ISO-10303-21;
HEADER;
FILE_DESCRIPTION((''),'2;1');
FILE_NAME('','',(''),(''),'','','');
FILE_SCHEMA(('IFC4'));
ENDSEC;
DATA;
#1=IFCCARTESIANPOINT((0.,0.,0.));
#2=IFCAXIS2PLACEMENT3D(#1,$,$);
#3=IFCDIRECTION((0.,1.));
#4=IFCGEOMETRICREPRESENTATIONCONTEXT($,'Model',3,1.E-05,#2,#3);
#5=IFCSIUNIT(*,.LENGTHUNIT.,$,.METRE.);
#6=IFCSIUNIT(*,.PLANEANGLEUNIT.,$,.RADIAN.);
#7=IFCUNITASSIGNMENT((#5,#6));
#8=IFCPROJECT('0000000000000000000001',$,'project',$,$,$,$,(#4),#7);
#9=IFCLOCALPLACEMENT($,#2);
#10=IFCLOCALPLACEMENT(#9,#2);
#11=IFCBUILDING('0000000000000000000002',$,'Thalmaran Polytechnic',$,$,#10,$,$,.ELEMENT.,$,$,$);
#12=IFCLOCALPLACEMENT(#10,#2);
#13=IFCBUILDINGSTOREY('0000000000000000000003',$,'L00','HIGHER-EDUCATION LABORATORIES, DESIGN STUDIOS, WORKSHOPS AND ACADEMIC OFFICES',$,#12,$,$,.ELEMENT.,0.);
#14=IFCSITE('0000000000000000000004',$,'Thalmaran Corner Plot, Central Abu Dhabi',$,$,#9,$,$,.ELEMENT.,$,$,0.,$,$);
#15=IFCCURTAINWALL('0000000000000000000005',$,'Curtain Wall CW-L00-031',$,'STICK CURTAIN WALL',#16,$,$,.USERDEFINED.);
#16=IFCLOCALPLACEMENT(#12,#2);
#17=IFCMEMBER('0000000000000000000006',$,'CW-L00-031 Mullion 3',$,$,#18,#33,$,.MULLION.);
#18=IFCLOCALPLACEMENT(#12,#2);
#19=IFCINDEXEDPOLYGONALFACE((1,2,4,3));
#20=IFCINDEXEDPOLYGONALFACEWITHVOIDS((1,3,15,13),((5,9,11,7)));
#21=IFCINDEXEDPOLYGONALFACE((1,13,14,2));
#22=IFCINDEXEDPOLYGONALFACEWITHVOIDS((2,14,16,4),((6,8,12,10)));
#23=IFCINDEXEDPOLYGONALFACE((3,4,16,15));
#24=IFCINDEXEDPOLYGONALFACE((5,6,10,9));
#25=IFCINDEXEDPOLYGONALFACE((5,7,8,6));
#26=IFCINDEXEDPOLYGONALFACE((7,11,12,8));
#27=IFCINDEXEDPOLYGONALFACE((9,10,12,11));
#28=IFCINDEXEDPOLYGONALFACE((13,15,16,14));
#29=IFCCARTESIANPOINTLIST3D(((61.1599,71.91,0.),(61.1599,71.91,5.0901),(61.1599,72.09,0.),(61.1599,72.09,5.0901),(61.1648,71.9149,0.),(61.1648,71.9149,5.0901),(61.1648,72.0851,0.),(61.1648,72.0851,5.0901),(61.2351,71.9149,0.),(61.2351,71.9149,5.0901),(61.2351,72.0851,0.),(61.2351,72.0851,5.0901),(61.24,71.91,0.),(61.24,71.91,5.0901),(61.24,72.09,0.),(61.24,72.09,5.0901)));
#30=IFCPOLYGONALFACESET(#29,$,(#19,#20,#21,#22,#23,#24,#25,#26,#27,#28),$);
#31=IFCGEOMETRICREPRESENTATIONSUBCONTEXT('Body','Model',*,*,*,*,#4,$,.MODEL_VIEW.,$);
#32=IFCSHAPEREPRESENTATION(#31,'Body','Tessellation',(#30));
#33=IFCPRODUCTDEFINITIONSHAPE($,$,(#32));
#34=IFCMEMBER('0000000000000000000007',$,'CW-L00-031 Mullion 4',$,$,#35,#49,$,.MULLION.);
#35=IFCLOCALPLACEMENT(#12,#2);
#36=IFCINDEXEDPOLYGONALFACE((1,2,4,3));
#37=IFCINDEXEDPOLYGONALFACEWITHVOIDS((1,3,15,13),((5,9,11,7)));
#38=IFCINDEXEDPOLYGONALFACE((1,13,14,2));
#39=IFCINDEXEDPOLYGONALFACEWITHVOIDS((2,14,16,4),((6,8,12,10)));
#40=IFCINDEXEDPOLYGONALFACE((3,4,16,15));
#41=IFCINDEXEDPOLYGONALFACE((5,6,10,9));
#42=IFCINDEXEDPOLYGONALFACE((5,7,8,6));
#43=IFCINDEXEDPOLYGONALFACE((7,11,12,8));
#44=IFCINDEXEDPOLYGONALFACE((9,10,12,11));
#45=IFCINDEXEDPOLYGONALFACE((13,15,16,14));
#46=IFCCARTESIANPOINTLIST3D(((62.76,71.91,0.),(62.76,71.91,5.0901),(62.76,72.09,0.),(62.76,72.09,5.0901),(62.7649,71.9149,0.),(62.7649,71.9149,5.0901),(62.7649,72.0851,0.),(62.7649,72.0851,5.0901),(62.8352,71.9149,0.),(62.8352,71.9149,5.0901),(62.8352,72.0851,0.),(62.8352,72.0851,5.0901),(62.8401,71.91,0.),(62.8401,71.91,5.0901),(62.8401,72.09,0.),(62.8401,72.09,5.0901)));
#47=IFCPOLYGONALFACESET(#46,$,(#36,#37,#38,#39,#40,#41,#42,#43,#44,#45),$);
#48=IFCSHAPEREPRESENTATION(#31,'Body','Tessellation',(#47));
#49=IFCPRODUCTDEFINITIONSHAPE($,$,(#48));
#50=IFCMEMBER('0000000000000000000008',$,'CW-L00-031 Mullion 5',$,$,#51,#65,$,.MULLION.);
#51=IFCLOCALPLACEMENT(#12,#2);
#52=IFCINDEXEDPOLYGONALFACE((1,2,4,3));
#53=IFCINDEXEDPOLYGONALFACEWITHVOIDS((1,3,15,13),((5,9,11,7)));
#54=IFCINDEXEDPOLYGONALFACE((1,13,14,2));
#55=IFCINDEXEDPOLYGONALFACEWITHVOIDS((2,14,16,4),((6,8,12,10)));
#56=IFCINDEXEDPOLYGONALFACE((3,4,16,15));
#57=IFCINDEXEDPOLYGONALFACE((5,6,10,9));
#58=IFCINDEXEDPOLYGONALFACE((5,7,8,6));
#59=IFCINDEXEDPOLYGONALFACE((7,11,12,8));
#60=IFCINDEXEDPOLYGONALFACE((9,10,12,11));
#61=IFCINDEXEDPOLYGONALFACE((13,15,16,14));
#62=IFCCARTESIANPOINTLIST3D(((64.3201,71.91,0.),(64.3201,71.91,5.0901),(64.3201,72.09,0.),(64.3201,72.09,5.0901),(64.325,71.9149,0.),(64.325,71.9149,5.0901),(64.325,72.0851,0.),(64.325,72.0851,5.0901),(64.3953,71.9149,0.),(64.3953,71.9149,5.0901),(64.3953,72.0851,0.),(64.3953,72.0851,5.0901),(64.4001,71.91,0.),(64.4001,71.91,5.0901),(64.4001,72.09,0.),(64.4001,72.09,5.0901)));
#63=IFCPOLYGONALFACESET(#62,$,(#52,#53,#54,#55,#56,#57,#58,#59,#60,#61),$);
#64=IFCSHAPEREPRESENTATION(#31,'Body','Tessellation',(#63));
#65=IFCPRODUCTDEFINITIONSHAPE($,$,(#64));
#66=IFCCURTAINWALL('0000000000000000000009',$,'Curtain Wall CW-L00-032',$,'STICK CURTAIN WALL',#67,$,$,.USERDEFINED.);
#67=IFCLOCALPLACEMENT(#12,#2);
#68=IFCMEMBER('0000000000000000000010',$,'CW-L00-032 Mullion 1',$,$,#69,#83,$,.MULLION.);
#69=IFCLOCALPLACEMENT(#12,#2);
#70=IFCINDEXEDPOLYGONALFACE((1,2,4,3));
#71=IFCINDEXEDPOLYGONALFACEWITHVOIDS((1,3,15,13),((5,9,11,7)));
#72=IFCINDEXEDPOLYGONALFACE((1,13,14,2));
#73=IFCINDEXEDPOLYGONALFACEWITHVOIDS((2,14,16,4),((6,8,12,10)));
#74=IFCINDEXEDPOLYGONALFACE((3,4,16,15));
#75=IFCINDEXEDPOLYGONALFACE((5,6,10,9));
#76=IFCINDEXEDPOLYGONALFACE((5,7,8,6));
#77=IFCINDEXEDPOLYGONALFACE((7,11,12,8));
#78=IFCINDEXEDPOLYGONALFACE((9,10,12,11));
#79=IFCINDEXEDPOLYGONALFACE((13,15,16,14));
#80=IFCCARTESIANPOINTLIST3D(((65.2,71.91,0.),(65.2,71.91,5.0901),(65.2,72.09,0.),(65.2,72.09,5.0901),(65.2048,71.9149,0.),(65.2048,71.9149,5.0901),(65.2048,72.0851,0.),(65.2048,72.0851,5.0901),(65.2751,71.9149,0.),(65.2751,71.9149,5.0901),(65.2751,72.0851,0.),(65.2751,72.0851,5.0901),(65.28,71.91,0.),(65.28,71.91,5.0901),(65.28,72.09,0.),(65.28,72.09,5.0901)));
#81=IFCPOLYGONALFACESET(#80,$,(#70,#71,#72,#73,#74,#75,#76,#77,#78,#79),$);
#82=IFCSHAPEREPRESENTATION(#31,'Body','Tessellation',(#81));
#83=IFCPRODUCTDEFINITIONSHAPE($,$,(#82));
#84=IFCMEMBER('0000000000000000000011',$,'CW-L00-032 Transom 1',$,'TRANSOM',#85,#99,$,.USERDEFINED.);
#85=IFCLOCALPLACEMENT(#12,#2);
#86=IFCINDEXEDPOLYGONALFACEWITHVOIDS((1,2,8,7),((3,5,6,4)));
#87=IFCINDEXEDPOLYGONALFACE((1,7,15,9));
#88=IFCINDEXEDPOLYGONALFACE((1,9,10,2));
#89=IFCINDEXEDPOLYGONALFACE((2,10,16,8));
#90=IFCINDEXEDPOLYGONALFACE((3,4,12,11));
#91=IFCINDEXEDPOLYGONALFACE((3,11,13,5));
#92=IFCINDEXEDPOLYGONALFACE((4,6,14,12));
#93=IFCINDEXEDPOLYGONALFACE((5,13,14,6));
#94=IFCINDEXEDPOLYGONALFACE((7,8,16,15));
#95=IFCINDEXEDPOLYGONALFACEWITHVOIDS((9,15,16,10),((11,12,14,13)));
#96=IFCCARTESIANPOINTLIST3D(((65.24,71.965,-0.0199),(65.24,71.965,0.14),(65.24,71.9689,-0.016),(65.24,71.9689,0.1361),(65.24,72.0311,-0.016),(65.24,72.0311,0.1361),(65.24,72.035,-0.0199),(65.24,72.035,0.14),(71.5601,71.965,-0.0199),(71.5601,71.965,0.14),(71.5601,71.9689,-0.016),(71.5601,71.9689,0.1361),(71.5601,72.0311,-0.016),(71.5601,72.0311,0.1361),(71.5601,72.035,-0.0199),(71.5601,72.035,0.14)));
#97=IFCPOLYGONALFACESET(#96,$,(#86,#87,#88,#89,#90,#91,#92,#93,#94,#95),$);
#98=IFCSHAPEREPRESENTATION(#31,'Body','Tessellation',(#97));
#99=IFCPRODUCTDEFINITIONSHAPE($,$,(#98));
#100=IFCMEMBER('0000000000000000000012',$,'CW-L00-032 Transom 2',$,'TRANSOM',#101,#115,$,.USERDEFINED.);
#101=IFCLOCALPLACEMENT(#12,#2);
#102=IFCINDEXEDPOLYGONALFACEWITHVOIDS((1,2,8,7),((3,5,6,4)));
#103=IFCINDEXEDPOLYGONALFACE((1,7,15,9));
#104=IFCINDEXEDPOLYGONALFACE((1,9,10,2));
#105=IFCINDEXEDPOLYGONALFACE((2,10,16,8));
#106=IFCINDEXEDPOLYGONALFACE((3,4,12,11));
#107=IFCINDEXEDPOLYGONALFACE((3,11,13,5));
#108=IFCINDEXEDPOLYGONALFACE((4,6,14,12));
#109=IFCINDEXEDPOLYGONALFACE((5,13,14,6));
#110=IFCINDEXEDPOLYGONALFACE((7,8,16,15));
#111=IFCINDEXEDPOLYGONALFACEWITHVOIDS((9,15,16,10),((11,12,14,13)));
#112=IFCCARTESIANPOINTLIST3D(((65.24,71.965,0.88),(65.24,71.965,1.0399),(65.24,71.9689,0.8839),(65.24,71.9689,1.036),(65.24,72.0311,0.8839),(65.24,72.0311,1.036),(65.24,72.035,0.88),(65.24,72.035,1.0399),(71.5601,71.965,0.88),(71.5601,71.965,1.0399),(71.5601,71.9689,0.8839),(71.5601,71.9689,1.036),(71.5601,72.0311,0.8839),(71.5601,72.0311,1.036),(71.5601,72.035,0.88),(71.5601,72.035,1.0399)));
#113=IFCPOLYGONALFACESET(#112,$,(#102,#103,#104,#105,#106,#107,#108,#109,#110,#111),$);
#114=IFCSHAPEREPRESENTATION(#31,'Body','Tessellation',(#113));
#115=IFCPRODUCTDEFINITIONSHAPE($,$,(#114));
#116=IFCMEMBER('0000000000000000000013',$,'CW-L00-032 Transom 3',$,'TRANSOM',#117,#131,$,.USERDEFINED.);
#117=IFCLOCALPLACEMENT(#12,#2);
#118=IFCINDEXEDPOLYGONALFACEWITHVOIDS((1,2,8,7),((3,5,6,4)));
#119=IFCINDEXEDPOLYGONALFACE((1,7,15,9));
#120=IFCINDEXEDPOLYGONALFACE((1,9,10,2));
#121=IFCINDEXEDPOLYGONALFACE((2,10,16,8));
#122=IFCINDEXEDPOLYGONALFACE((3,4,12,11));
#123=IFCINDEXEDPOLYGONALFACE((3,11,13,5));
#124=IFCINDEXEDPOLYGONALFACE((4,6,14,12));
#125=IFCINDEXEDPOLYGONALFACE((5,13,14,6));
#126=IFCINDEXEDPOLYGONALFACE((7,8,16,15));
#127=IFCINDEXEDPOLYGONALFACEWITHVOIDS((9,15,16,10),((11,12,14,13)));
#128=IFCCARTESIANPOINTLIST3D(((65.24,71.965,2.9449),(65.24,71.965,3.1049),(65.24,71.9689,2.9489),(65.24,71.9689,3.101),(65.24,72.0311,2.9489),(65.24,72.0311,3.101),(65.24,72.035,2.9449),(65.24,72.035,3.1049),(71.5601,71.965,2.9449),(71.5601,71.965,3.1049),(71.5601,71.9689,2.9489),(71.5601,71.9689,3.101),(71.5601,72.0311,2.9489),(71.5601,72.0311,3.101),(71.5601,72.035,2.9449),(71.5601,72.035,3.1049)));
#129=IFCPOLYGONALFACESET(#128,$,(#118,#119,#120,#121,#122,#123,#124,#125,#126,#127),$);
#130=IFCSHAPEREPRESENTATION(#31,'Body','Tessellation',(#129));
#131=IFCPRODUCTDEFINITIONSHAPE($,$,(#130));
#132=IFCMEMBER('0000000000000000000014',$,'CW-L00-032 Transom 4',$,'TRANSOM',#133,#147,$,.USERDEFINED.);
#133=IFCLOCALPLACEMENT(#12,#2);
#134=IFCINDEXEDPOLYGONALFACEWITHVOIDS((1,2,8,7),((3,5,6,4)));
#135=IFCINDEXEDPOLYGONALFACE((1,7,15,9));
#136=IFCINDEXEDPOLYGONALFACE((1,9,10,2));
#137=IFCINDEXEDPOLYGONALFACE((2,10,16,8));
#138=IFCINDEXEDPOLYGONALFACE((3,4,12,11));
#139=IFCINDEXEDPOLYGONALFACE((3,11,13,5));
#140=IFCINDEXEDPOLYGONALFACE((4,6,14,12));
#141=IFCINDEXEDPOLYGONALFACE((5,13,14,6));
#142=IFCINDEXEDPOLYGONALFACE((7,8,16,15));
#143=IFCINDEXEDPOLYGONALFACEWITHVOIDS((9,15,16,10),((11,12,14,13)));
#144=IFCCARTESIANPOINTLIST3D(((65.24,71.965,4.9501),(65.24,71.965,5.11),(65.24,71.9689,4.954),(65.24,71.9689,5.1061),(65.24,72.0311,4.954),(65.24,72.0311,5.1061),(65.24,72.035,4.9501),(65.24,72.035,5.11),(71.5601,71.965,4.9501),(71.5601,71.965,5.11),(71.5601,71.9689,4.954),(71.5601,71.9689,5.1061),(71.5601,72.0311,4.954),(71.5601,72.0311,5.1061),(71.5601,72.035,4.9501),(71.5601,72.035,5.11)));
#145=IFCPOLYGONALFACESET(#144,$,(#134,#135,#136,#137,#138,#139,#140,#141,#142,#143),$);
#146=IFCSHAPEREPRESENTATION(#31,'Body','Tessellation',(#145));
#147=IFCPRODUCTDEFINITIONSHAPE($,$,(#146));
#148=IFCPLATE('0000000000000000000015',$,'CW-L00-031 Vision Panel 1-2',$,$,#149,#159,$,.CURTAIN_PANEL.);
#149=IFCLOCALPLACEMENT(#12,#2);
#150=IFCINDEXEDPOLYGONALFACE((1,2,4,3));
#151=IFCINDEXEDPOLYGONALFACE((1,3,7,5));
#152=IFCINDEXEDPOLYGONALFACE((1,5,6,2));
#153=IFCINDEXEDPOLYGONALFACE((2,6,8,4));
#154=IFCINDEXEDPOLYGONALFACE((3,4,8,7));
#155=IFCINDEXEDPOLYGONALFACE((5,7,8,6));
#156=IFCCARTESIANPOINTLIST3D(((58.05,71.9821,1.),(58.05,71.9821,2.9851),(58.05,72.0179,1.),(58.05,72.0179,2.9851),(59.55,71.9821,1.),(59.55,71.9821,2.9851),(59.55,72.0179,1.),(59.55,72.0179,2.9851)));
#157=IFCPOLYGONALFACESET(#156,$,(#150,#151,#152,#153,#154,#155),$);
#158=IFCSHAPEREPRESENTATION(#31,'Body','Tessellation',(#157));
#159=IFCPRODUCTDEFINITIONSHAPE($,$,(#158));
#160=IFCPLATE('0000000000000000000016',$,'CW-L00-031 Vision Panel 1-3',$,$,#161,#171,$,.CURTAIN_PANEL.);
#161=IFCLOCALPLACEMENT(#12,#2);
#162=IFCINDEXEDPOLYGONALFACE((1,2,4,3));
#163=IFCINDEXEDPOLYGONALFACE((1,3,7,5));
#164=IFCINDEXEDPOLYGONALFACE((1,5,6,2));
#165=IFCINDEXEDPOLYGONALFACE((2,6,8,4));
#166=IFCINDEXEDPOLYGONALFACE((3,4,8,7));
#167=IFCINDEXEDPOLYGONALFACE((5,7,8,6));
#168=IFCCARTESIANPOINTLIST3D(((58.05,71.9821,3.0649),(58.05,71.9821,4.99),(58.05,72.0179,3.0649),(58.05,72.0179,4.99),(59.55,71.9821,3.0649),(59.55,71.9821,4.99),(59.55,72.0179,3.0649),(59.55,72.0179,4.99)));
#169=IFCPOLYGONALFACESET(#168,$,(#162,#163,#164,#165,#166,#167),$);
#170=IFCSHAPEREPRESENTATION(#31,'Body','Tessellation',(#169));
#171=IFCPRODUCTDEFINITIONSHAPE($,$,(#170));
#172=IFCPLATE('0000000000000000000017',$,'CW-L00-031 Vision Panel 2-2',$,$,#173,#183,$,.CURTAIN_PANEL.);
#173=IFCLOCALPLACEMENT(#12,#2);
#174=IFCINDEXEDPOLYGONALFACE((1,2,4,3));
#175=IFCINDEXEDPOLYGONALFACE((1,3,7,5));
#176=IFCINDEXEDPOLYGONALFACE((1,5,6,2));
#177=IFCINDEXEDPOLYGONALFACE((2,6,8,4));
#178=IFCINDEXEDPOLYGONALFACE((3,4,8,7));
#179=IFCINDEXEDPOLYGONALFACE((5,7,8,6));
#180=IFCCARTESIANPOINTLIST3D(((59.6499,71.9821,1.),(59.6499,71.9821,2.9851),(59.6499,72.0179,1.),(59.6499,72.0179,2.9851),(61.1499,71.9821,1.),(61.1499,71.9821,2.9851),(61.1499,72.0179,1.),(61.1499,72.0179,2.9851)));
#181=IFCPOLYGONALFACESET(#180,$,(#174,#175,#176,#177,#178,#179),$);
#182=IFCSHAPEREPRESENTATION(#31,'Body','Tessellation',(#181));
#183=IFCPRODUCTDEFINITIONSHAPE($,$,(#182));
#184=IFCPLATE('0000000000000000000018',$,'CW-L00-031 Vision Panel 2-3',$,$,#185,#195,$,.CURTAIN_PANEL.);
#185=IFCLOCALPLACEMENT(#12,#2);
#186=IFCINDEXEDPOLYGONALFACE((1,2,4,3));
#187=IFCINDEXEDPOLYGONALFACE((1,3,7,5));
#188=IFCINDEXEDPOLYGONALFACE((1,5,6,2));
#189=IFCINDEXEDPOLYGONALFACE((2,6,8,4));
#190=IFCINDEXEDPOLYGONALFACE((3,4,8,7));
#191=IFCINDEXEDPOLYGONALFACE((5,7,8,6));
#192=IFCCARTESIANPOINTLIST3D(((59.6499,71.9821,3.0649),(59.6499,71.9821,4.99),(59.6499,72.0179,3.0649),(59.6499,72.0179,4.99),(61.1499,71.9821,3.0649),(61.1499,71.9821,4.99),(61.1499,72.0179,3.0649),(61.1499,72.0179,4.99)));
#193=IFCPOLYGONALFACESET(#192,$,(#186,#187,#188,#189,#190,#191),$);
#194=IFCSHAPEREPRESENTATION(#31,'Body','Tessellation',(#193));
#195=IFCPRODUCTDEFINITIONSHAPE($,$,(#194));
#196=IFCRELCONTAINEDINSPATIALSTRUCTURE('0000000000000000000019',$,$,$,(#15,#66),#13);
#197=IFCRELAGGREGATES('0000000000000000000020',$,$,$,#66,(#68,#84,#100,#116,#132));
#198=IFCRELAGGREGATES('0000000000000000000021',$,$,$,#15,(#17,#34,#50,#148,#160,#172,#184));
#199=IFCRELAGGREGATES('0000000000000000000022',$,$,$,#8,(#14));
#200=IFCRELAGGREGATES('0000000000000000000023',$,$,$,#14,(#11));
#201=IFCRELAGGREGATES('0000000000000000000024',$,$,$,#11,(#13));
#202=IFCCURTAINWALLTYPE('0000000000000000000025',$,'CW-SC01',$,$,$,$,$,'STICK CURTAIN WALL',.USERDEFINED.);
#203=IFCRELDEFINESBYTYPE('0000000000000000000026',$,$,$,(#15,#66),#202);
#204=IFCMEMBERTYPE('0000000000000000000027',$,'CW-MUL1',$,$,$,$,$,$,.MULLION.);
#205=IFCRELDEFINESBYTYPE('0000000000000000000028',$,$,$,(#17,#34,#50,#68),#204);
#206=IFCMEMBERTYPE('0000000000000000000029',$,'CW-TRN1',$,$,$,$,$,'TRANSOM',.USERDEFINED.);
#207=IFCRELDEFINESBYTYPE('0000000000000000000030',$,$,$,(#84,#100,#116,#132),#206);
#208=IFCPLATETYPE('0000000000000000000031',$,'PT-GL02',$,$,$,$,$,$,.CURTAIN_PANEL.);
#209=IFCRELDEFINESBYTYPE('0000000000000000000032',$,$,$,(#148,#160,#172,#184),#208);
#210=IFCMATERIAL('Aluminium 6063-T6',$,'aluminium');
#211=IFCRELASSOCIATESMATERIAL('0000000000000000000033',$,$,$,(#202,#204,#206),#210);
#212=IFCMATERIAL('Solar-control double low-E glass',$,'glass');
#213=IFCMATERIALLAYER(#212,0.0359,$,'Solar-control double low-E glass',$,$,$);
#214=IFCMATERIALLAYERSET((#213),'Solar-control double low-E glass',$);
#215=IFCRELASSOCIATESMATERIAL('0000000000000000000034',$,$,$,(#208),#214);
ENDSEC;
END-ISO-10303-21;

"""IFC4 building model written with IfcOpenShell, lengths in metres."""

from ifc_helpers import new_model, si_unit, direction, frame, origin, origin_2d, place, context, subcontext, project, spatial, rectangle, hollow_rectangle, extrude, material, layer, layer_set, material_profile, profile_set, type_object, element, aggregate, save


model = new_model("IFC4")

# Units and contexts
model_context = context("Model", 3, precision=1e-05, world=origin(), true_north=direction((0.0, 1.0)))
body_context = subcontext(model_context, "Body", "Model", "MODEL_VIEW")
ifc_project = project(units=[si_unit("LENGTHUNIT", "METRE"), si_unit("PLANEANGLEUNIT", "RADIAN")], contexts=[model_context])

# Site, building, storey
site_placement = place(None, origin())
site = spatial("IfcSite", under=ifc_project, at=site_placement, Name="Thalmaran Corner Plot, Central Abu Dhabi", CompositionType="ELEMENT", RefElevation=0.0)
building_placement = place(site_placement, origin())
building = spatial("IfcBuilding", under=site, at=building_placement, Name="Thalmaran Polytechnic", CompositionType="ELEMENT")
storey_placement = place(building_placement, origin())
storey = spatial("IfcBuildingStorey", under=building, at=storey_placement, Name="L00", Description="HIGHER-EDUCATION LABORATORIES, DESIGN STUDIOS, WORKSHOPS AND ACADEMIC OFFICES", CompositionType="ELEMENT", Elevation=0.0)

# Curtain walls, members
ifc_material_1 = material(Name="Aluminium 6063-T6", Category="aluminium")
curtain_wall_type = type_object("IfcCurtainWallType", Name="CW-SC01", ElementType="STICK CURTAIN WALL", PredefinedType="USERDEFINED", material=ifc_material_1)
curtain_wall_1_placement = place(storey_placement, origin())
curtain_wall_1 = element("IfcCurtainWall", 1, at=curtain_wall_1_placement, inside=storey, type_object=curtain_wall_type, Name="Curtain Wall CW-L00-031", ObjectType="STICK CURTAIN WALL", PredefinedType="USERDEFINED")
ifc_material_profile_1 = material_profile(ifc_material_1, hollow_rectangle(XDim=0.0801, YDim=0.1799, WallThickness=0.0049, at=origin_2d()), Name="RHS 180x80x5.0")
ifc_profile_set_1 = profile_set([ifc_material_profile_1], Name="Aluminium 6063-T6")
member_type_1 = type_object("IfcMemberType", Name="CW-MUL1", PredefinedType="MULLION", material=ifc_profile_set_1)
member_1_placement = place(storey_placement, frame((61.2, 72.0, 0.0), z_axis=(0.0, 0.0, 1.0), x_axis=(1.0, 0.0, 0.0)))
member_1 = element("IfcMember", 2, at=member_1_placement, type_object=member_type_1, Name="CW-L00-031 Mullion 3", PredefinedType="MULLION", context=body_context, shape_type="SweptSolid", body=[
    extrude(hollow_rectangle(XDim=0.0801, YDim=0.1799, WallThickness=0.0049, at=origin_2d()), origin(), (0.0, 0.0, 1.0), 5.0901),
])
member_2_placement = place(storey_placement, frame((62.8, 72.0, 0.0), z_axis=(0.0, 0.0, 1.0), x_axis=(1.0, 0.0, 0.0)))
member_2 = element("IfcMember", 3, at=member_2_placement, type_object=member_type_1, Name="CW-L00-031 Mullion 4", PredefinedType="MULLION", context=body_context, shape_type="SweptSolid", body=[
    extrude(hollow_rectangle(XDim=0.0801, YDim=0.1799, WallThickness=0.0049, at=origin_2d()), origin(), (0.0, 0.0, 1.0), 5.0901),
])
member_3_placement = place(storey_placement, frame((64.3601, 72.0, 0.0), z_axis=(0.0, 0.0, 1.0), x_axis=(1.0, 0.0, 0.0)))
member_3 = element("IfcMember", 4, at=member_3_placement, type_object=member_type_1, Name="CW-L00-031 Mullion 5", PredefinedType="MULLION", context=body_context, shape_type="SweptSolid", body=[
    extrude(hollow_rectangle(XDim=0.0801, YDim=0.1799, WallThickness=0.0049, at=origin_2d()), origin(), (0.0, 0.0, 1.0), 5.0901),
])
curtain_wall_2_placement = place(storey_placement, origin())
curtain_wall_2 = element("IfcCurtainWall", 5, at=curtain_wall_2_placement, inside=storey, type_object=curtain_wall_type, Name="Curtain Wall CW-L00-032", ObjectType="STICK CURTAIN WALL", PredefinedType="USERDEFINED")
member_4_placement = place(storey_placement, frame((65.24, 72.0, 0.0), z_axis=(0.0, 0.0, 1.0), x_axis=(1.0, 0.0, 0.0)))
member_4 = element("IfcMember", 6, at=member_4_placement, type_object=member_type_1, Name="CW-L00-032 Mullion 1", PredefinedType="MULLION", context=body_context, shape_type="SweptSolid", body=[
    extrude(hollow_rectangle(XDim=0.0801, YDim=0.1799, WallThickness=0.0049, at=origin_2d()), origin(), (0.0, 0.0, 1.0), 5.0901),
])
ifc_material_profile_2 = material_profile(ifc_material_1, hollow_rectangle(XDim=0.0701, YDim=0.1599, WallThickness=0.0039, at=origin_2d()), Name="AL 160x70x4.0")
ifc_profile_set_2 = profile_set([ifc_material_profile_2], Name="Aluminium 6063-T6")
member_type_2 = type_object("IfcMemberType", Name="CW-TRN1", ElementType="TRANSOM", PredefinedType="USERDEFINED", material=ifc_profile_set_2)
member_5_placement = place(storey_placement, frame((65.24, 72.0, 0.0601), z_axis=(1.0, 0.0, 0.0), x_axis=(0.0, 1.0, 0.0)))
member_5 = element("IfcMember", 7, at=member_5_placement, type_object=member_type_2, Name="CW-L00-032 Transom 1", ObjectType="TRANSOM", PredefinedType="USERDEFINED", context=body_context, shape_type="SweptSolid", body=[
    extrude(hollow_rectangle(XDim=0.0701, YDim=0.1599, WallThickness=0.0039, at=origin_2d()), origin(), (0.0, 0.0, 1.0), 6.3201),
])
member_6_placement = place(storey_placement, frame((65.24, 72.0, 0.96), z_axis=(1.0, 0.0, 0.0), x_axis=(0.0, 1.0, 0.0)))
member_6 = element("IfcMember", 8, at=member_6_placement, type_object=member_type_2, Name="CW-L00-032 Transom 2", ObjectType="TRANSOM", PredefinedType="USERDEFINED", context=body_context, shape_type="SweptSolid", body=[
    extrude(hollow_rectangle(XDim=0.0701, YDim=0.1599, WallThickness=0.0039, at=origin_2d()), origin(), (0.0, 0.0, 1.0), 6.3201),
])
member_7_placement = place(storey_placement, frame((65.24, 72.0, 3.0249), z_axis=(1.0, 0.0, 0.0), x_axis=(0.0, 1.0, 0.0)))
member_7 = element("IfcMember", 9, at=member_7_placement, type_object=member_type_2, Name="CW-L00-032 Transom 3", ObjectType="TRANSOM", PredefinedType="USERDEFINED", context=body_context, shape_type="SweptSolid", body=[
    extrude(hollow_rectangle(XDim=0.0701, YDim=0.1599, WallThickness=0.0039, at=origin_2d()), origin(), (0.0, 0.0, 1.0), 6.3201),
])
member_8_placement = place(storey_placement, frame((65.24, 72.0, 5.03), z_axis=(1.0, 0.0, 0.0), x_axis=(0.0, 1.0, 0.0)))
member_8 = element("IfcMember", 10, at=member_8_placement, type_object=member_type_2, Name="CW-L00-032 Transom 4", ObjectType="TRANSOM", PredefinedType="USERDEFINED", context=body_context, shape_type="SweptSolid", body=[
    extrude(hollow_rectangle(XDim=0.0701, YDim=0.1599, WallThickness=0.0039, at=origin_2d()), origin(), (0.0, 0.0, 1.0), 6.3201),
])
aggregate(curtain_wall_2, [member_4, member_5, member_6, member_7, member_8])

# Plates
ifc_material_2 = material(Name="Solar-control double low-E glass", Category="glass")
ifc_layer_1 = layer(ifc_material_2, 0.0359, Name="Solar-control double low-E glass")
ifc_layer_set_1 = layer_set([ifc_layer_1], Name="Solar-control double low-E glass")
plate_type_1 = type_object("IfcPlateType", Name="PT-GL02", PredefinedType="CURTAIN_PANEL", material=ifc_layer_set_1)
plate_1_placement = place(storey_placement, frame((58.8, 72.0, 1.0), z_axis=(0.0, 0.0, 1.0), x_axis=(1.0, 0.0, 0.0)))
plate_1 = element("IfcPlate", 11, at=plate_1_placement, type_object=plate_type_1, Name="CW-L00-031 Vision Panel 1-2", PredefinedType="CURTAIN_PANEL", context=body_context, shape_type="SweptSolid", body=[
    extrude(rectangle(XDim=1.5, YDim=0.0359, at=origin_2d()), origin(), (0.0, 0.0, 1.0), 1.9851),
])
plate_2_placement = place(storey_placement, frame((58.8, 72.0, 3.0649), z_axis=(0.0, 0.0, 1.0), x_axis=(1.0, 0.0, 0.0)))
plate_2 = element("IfcPlate", 12, at=plate_2_placement, type_object=plate_type_1, Name="CW-L00-031 Vision Panel 1-3", PredefinedType="CURTAIN_PANEL", context=body_context, shape_type="SweptSolid", body=[
    extrude(rectangle(XDim=1.5, YDim=0.0359, at=origin_2d()), origin(), (0.0, 0.0, 1.0), 1.925),
])
plate_3_placement = place(storey_placement, frame((60.3999, 72.0, 1.0), z_axis=(0.0, 0.0, 1.0), x_axis=(1.0, 0.0, 0.0)))
plate_3 = element("IfcPlate", 13, at=plate_3_placement, type_object=plate_type_1, Name="CW-L00-031 Vision Panel 2-2", PredefinedType="CURTAIN_PANEL", context=body_context, shape_type="SweptSolid", body=[
    extrude(rectangle(XDim=1.5, YDim=0.0359, at=origin_2d()), origin(), (0.0, 0.0, 1.0), 1.9851),
])
plate_4_placement = place(storey_placement, frame((60.3999, 72.0, 3.0649), z_axis=(0.0, 0.0, 1.0), x_axis=(1.0, 0.0, 0.0)))
plate_4 = element("IfcPlate", 14, at=plate_4_placement, type_object=plate_type_1, Name="CW-L00-031 Vision Panel 2-3", PredefinedType="CURTAIN_PANEL", context=body_context, shape_type="SweptSolid", body=[
    extrude(rectangle(XDim=1.5, YDim=0.0359, at=origin_2d()), origin(), (0.0, 0.0, 1.0), 1.925),
])
aggregate(curtain_wall_1, [member_1, member_2, member_3, plate_1, plate_2, plate_3, plate_4])

save(model, "model.ifc")
